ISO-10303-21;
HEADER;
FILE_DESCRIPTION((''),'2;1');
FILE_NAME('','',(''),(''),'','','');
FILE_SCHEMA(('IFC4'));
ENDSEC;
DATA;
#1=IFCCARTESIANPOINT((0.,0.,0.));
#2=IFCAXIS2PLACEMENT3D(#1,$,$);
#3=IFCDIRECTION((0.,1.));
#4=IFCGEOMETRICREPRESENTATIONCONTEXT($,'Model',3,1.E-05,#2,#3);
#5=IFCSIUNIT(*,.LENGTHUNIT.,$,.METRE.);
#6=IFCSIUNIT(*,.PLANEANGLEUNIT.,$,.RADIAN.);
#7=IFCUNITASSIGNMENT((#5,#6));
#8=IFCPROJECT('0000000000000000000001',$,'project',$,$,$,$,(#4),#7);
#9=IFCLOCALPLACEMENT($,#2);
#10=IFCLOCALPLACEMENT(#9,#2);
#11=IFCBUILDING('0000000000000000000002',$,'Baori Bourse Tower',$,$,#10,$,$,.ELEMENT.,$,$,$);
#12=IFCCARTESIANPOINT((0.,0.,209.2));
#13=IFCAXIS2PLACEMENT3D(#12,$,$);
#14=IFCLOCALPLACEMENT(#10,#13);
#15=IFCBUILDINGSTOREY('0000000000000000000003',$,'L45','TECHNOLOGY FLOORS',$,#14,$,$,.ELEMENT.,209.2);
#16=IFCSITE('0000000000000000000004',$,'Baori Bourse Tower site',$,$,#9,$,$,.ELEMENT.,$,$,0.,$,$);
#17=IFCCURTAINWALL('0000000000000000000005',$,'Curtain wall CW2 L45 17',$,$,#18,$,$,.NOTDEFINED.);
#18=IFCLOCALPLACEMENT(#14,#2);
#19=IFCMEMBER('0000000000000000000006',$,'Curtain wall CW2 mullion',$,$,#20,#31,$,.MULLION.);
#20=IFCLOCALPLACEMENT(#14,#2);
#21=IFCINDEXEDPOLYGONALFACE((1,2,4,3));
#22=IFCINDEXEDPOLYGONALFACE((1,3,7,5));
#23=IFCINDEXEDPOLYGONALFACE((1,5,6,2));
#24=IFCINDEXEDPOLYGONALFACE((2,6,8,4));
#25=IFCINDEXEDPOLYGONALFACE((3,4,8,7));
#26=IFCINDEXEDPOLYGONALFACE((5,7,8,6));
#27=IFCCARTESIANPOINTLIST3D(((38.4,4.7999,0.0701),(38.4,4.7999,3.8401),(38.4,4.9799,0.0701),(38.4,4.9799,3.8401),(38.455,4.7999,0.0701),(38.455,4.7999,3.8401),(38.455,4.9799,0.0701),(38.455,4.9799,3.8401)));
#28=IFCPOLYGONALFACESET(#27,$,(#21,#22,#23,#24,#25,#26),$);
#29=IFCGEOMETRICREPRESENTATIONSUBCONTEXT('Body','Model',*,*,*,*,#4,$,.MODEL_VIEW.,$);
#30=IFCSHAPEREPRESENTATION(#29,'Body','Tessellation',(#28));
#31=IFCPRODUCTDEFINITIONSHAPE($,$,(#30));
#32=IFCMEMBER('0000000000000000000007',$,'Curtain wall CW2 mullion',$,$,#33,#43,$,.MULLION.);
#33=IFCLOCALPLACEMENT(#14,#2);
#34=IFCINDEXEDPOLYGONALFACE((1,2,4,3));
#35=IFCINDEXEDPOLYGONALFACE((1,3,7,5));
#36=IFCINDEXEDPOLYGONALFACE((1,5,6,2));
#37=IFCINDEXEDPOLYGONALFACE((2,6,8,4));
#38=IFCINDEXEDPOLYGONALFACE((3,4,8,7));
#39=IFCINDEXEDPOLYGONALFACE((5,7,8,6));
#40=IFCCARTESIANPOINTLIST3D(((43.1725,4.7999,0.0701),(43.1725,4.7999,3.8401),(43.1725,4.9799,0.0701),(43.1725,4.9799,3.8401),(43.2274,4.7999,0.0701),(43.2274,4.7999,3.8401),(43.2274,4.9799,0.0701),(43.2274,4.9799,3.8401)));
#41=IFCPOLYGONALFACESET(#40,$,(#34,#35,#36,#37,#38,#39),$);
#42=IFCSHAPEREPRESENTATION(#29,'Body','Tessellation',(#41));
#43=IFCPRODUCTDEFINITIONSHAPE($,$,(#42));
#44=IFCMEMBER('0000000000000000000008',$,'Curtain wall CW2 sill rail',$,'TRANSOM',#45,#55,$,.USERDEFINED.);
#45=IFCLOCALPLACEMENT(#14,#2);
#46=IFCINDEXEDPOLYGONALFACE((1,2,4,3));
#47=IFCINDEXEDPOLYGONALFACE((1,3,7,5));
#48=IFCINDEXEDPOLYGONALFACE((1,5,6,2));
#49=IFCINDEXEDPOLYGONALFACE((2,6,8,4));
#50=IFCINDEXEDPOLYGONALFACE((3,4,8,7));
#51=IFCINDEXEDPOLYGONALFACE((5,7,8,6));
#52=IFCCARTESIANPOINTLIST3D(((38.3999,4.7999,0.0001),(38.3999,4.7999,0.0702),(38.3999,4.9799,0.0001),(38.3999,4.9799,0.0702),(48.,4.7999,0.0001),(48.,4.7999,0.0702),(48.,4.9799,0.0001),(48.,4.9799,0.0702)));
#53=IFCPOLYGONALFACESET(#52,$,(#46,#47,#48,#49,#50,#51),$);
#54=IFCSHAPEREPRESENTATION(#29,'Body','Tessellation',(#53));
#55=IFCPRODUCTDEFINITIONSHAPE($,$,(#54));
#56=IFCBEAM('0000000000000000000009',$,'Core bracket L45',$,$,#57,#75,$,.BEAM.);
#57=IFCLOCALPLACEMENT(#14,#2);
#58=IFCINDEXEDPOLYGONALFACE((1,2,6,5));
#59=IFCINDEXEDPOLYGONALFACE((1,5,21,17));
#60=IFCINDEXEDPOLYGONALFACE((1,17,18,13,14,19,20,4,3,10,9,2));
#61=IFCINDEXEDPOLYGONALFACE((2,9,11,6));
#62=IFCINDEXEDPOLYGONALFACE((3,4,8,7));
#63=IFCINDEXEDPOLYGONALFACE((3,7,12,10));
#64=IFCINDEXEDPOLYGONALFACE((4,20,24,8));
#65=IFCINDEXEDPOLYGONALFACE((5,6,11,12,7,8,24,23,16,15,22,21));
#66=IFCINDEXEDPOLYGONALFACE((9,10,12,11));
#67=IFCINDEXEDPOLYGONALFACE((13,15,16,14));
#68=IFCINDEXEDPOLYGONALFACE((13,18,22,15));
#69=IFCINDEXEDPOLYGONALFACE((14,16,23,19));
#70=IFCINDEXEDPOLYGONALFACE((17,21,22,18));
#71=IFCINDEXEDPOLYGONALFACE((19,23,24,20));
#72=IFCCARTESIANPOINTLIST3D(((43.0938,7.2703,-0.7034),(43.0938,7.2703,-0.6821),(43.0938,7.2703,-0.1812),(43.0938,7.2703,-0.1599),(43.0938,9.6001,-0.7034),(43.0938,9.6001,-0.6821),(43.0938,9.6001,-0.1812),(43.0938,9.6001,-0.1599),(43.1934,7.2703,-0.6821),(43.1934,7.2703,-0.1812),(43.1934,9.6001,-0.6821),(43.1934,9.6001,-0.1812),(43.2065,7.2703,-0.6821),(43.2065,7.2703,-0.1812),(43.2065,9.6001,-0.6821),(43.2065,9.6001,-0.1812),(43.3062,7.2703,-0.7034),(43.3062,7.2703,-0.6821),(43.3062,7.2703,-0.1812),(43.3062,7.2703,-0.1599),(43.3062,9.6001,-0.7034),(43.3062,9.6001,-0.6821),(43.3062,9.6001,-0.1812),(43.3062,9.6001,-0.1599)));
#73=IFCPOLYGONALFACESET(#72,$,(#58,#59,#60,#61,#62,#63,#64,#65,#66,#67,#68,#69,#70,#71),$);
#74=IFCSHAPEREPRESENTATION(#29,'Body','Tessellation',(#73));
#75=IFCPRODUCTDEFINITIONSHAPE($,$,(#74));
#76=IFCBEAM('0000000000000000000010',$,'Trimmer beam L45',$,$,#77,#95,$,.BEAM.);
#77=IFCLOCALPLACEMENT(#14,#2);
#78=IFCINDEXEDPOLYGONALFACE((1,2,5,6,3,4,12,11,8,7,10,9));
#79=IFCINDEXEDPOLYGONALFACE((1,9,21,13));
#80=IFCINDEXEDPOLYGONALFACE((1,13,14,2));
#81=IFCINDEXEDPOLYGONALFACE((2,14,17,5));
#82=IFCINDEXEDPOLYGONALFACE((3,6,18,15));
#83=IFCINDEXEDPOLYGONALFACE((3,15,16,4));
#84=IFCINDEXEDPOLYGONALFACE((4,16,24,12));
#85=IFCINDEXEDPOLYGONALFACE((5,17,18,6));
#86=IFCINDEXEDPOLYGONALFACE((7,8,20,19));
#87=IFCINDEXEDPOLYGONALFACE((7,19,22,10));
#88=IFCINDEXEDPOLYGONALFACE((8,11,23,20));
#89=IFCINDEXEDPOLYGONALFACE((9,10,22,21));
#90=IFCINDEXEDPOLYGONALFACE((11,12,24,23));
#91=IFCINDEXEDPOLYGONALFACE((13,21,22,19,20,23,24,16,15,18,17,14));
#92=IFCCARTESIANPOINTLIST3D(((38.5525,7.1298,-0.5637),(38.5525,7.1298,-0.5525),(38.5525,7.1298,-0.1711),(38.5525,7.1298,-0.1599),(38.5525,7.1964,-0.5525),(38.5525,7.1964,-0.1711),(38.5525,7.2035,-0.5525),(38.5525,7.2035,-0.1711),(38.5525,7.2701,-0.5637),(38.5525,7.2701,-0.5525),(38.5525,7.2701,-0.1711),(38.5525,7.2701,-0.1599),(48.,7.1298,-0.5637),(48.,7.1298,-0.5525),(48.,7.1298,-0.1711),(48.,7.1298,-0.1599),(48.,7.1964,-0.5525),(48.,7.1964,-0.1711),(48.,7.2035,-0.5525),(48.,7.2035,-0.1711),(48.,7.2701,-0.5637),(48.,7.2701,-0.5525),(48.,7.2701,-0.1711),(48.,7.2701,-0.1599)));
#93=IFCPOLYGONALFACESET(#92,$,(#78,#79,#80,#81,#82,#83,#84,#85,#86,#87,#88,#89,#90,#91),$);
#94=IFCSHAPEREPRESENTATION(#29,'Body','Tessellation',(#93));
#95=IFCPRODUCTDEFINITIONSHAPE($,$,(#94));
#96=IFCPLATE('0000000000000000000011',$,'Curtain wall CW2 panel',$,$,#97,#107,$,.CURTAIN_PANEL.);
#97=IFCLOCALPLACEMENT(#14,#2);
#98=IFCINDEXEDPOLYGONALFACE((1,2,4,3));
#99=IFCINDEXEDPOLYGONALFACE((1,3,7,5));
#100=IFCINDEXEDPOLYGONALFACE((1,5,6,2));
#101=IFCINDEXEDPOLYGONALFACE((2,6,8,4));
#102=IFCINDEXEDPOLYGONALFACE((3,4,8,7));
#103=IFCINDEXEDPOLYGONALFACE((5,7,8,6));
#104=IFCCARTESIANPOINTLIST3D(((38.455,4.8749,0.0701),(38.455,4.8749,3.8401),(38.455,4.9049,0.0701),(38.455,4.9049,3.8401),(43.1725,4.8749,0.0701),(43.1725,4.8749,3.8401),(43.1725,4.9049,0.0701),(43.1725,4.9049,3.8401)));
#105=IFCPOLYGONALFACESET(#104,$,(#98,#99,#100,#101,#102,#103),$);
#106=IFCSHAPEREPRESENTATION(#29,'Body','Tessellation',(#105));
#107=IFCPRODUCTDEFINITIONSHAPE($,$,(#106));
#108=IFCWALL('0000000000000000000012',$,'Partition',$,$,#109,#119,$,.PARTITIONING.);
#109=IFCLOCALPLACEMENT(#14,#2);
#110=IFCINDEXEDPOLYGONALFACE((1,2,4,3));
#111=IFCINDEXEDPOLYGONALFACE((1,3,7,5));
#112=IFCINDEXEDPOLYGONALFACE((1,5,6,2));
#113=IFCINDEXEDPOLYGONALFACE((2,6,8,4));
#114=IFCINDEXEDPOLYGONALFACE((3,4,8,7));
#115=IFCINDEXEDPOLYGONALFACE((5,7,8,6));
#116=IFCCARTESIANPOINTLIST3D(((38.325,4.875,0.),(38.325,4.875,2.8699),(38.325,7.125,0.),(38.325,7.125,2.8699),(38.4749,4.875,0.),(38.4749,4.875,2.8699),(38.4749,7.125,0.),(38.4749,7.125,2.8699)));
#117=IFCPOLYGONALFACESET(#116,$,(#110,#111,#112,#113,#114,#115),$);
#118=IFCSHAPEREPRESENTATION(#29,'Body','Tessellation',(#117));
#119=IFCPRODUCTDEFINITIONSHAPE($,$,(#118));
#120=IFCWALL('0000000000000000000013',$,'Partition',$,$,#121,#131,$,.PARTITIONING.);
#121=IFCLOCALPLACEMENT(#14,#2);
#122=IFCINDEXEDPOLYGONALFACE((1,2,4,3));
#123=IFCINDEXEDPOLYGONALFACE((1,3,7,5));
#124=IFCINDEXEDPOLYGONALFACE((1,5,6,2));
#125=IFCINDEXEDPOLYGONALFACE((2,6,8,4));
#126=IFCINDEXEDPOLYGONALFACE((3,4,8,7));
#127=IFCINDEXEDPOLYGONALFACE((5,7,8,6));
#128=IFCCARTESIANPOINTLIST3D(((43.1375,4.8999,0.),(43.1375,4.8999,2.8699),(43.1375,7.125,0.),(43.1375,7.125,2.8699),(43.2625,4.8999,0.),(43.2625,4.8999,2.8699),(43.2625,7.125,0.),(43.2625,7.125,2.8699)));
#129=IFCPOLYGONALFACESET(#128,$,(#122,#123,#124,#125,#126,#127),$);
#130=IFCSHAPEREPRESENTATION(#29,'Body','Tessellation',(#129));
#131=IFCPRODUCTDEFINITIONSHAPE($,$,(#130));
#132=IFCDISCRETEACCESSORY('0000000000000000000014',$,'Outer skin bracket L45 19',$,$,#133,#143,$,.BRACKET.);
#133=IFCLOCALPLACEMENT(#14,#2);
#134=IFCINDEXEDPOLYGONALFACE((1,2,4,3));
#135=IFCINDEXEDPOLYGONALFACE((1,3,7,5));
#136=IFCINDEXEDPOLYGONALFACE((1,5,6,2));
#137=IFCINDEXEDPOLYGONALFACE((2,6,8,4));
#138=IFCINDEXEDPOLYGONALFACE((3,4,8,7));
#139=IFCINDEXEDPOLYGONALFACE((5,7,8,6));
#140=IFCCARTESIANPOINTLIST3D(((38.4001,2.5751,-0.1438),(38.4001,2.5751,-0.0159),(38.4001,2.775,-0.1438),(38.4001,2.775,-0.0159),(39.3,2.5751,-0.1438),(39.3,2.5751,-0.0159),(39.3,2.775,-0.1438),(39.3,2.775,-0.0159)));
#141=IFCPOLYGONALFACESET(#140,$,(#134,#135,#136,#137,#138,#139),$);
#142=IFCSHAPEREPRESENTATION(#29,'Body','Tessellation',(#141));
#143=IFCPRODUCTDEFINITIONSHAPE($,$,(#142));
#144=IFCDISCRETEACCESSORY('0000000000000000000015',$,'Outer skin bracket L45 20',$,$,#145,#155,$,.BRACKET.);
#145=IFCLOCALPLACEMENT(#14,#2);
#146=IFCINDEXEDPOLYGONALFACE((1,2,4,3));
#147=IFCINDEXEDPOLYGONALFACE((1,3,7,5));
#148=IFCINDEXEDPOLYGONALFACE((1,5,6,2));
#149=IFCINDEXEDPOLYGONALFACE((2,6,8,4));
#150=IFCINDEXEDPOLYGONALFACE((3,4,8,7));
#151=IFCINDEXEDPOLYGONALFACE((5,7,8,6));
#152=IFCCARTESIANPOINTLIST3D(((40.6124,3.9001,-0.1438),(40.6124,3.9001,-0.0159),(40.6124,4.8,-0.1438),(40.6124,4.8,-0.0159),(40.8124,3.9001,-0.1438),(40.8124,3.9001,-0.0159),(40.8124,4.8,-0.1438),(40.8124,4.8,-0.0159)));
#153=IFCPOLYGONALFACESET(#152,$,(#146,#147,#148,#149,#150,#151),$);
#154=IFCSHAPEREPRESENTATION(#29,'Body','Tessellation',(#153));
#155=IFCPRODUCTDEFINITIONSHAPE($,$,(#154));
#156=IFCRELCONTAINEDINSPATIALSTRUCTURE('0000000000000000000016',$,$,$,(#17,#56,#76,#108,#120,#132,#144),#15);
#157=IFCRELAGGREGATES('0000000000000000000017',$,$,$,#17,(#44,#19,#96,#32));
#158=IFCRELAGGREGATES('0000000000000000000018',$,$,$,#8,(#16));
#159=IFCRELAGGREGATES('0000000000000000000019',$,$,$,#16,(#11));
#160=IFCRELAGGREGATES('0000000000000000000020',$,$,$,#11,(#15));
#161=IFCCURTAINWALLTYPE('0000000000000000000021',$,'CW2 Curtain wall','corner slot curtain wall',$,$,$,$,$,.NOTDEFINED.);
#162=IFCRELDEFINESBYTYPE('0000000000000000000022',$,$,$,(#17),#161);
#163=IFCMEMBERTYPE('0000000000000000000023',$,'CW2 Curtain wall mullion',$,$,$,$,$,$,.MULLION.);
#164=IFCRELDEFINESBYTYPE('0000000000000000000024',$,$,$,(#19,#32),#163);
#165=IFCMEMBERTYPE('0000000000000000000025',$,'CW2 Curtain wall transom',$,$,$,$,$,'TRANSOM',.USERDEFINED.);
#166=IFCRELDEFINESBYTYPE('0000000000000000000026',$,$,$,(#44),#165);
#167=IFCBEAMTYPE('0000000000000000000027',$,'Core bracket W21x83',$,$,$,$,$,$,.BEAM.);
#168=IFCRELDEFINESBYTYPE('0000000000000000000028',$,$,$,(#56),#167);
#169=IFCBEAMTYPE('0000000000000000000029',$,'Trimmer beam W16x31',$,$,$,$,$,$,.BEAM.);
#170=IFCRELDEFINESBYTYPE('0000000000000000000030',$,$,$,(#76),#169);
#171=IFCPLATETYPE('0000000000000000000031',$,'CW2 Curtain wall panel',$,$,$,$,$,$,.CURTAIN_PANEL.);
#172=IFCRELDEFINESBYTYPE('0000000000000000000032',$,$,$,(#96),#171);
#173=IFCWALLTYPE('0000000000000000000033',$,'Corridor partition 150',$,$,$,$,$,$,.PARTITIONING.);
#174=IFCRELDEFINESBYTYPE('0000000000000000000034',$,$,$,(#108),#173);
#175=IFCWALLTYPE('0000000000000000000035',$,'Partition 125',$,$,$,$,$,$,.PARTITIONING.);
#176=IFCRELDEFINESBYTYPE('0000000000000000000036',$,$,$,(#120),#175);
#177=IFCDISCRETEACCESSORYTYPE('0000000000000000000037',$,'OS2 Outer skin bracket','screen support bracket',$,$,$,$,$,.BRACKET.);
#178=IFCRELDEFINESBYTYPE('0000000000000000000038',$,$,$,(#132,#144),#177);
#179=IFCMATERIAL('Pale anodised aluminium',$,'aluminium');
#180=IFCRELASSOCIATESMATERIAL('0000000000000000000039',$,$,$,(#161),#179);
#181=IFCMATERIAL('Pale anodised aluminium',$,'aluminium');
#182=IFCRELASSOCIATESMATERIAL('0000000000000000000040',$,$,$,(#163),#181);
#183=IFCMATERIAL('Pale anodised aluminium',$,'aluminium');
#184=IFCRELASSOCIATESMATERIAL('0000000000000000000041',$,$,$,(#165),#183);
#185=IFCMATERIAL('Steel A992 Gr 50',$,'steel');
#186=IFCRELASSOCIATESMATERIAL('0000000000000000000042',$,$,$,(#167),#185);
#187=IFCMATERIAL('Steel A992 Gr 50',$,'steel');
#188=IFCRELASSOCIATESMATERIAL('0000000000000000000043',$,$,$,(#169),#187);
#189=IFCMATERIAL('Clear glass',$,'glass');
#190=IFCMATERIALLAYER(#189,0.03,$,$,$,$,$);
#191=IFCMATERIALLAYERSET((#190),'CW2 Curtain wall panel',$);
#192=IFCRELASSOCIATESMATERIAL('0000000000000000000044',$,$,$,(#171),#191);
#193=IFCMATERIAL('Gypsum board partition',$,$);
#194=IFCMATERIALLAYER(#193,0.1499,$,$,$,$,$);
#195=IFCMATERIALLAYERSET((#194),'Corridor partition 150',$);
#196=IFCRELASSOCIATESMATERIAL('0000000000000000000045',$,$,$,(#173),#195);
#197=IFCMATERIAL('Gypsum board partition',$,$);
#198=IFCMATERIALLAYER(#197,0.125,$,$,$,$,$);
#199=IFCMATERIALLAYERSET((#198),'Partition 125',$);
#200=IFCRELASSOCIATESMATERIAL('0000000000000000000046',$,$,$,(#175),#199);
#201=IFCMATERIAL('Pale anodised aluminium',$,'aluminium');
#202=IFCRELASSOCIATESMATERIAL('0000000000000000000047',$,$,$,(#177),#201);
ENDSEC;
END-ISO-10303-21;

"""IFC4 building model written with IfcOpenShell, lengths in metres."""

from ifc_helpers import new_model, si_unit, direction, frame, frame_2d, origin, origin_2d, place, context, subcontext, project, spatial, rectangle, i_section, extrude, material, layer, layer_set, material_profile, profile_set, type_object, element, aggregate, save


model = new_model("IFC4")

# Units and contexts
model_context = context("Model", 3, precision=1e-05, world=origin(), true_north=direction((0.0, 1.0)))
body_context = subcontext(model_context, "Body", "Model", "MODEL_VIEW")
ifc_project = project(units=[si_unit("LENGTHUNIT", "METRE"), si_unit("PLANEANGLEUNIT", "RADIAN")], contexts=[model_context])

# Site, building, storey
site_placement = place(None, origin())
site = spatial("IfcSite", under=ifc_project, at=site_placement, Name="Baori Bourse Tower site", CompositionType="ELEMENT", RefElevation=0.0)
building_placement = place(site_placement, origin())
building = spatial("IfcBuilding", under=site, at=building_placement, Name="Baori Bourse Tower", CompositionType="ELEMENT")
storey_placement = place(building_placement, frame((0.0, 0.0, 209.2)))
storey = spatial("IfcBuildingStorey", under=building, at=storey_placement, Name="L45", Description="TECHNOLOGY FLOORS", CompositionType="ELEMENT", Elevation=209.2)

# Curtain wall, members
ifc_material_1 = material(Name="Pale anodised aluminium", Category="aluminium")
curtain_wall_type = type_object("IfcCurtainWallType", Name="CW2 Curtain wall", Description="corner slot curtain wall", PredefinedType="NOTDEFINED", material=ifc_material_1)
curtain_wall_placement = place(storey_placement, origin())
curtain_wall = element("IfcCurtainWall", 1, at=curtain_wall_placement, inside=storey, type_object=curtain_wall_type, Name="Curtain wall CW2 L45 17", PredefinedType="NOTDEFINED")
ifc_material_2 = material(Name="Pale anodised aluminium", Category="aluminium")
ifc_material_profile_1 = material_profile(ifc_material_2, rectangle(XDim=0.1799, YDim=0.0549, at=origin_2d()), Name="Mullion 55x180")
ifc_profile_set_1 = profile_set([ifc_material_profile_1], Name="Pale anodised aluminium")
member_type_1 = type_object("IfcMemberType", Name="CW2 Curtain wall mullion", PredefinedType="MULLION", material=ifc_profile_set_1)
member_1_placement = place(storey_placement, frame((38.4275, 4.8899, 0.0701), z_axis=(0.0, 0.0, 1.0), x_axis=(0.0, 1.0, 0.0)))
member_1 = element("IfcMember", 2, at=member_1_placement, type_object=member_type_1, Name="Curtain wall CW2 mullion", PredefinedType="MULLION", context=body_context, shape_type="SweptSolid", body=[
    extrude(rectangle(XDim=0.1799, YDim=0.0549, at=origin_2d()), origin(), (0.0, 0.0, 1.0), 3.77),
])
member_2_placement = place(storey_placement, frame((43.2, 4.8899, 0.0701), z_axis=(0.0, 0.0, 1.0), x_axis=(0.0, 1.0, 0.0)))
member_2 = element("IfcMember", 3, at=member_2_placement, type_object=member_type_1, Name="Curtain wall CW2 mullion", PredefinedType="MULLION", context=body_context, shape_type="SweptSolid", body=[
    extrude(rectangle(XDim=0.1799, YDim=0.0549, at=origin_2d()), origin(), (0.0, 0.0, 1.0), 3.77),
])
ifc_material_3 = material(Name="Pale anodised aluminium", Category="aluminium")
ifc_material_profile_2 = material_profile(ifc_material_3, rectangle(XDim=0.1799, YDim=0.0701, at=origin_2d()), Name="Transom 70x180")
ifc_profile_set_2 = profile_set([ifc_material_profile_2], Name="Pale anodised aluminium")
member_type_2 = type_object("IfcMemberType", Name="CW2 Curtain wall transom", ElementType="TRANSOM", PredefinedType="USERDEFINED", material=ifc_profile_set_2)
member_3_placement = place(storey_placement, frame((38.3999, 4.8899, 0.0352), z_axis=(1.0, 0.0, 0.0), x_axis=(0.0, 1.0, 0.0)))
member_3 = element("IfcMember", 4, at=member_3_placement, type_object=member_type_2, Name="Curtain wall CW2 sill rail", ObjectType="TRANSOM", PredefinedType="USERDEFINED", context=body_context, shape_type="SweptSolid", body=[
    extrude(rectangle(XDim=0.1799, YDim=0.0701, at=origin_2d()), origin(), (0.0, 0.0, 1.0), 9.6001),
])

# Beams
ifc_material_4 = material(Name="Steel A992 Gr 50", Category="steel")
ifc_material_profile_3 = material_profile(ifc_material_4, i_section(OverallWidth=0.2124, OverallDepth=0.5435, WebThickness=0.0132, FlangeThickness=0.0212, at=origin_2d()), Name="W21x83")
ifc_profile_set_3 = profile_set([ifc_material_profile_3], Name="Steel A992 Gr 50")
beam_type_1 = type_object("IfcBeamType", Name="Core bracket W21x83", PredefinedType="BEAM", material=ifc_profile_set_3)
beam_1_placement = place(storey_placement, frame((43.2, 7.2703, -0.4316), z_axis=(0.0, 1.0, 0.0), x_axis=(-1.0, 0.0, 0.0)))
element("IfcBeam", 5, at=beam_1_placement, inside=storey, type_object=beam_type_1, Name="Core bracket L45", PredefinedType="BEAM", context=body_context, shape_type="SweptSolid", body=[
    extrude(i_section(OverallWidth=0.2124, OverallDepth=0.5435, WebThickness=0.0132, FlangeThickness=0.0212, at=origin_2d()), origin(), (0.0, 0.0, 1.0), 2.3298),
])
ifc_material_5 = material(Name="Steel A992 Gr 50", Category="steel")
ifc_material_profile_4 = material_profile(ifc_material_5, i_section(OverallWidth=0.1404, OverallDepth=0.4038, WebThickness=0.0071, FlangeThickness=0.0112, at=origin_2d()), Name="W16x31")
ifc_profile_set_4 = profile_set([ifc_material_profile_4], Name="Steel A992 Gr 50")
beam_type_2 = type_object("IfcBeamType", Name="Trimmer beam W16x31", PredefinedType="BEAM", material=ifc_profile_set_4)
beam_2_placement = place(storey_placement, frame((38.5525, 7.2, -0.3618), z_axis=(1.0, 0.0, 0.0), x_axis=(0.0, 1.0, 0.0)))
element("IfcBeam", 6, at=beam_2_placement, inside=storey, type_object=beam_type_2, Name="Trimmer beam L45", PredefinedType="BEAM", context=body_context, shape_type="SweptSolid", body=[
    extrude(i_section(OverallWidth=0.1404, OverallDepth=0.4038, WebThickness=0.0071, FlangeThickness=0.0112, at=origin_2d()), origin(), (0.0, 0.0, 1.0), 9.4475),
])

# Plate
ifc_material_6 = material(Name="Clear glass", Category="glass")
ifc_layer_1 = layer(ifc_material_6, 0.03)
ifc_layer_set_1 = layer_set([ifc_layer_1], Name="CW2 Curtain wall panel")
plate_type = type_object("IfcPlateType", Name="CW2 Curtain wall panel", PredefinedType="CURTAIN_PANEL", material=ifc_layer_set_1)
plate_placement = place(storey_placement, frame((40.8137, 4.8899, 0.0701), z_axis=(0.0, 0.0, 1.0), x_axis=(1.0, 0.0, 0.0)))
plate = element("IfcPlate", 7, at=plate_placement, type_object=plate_type, Name="Curtain wall CW2 panel", PredefinedType="CURTAIN_PANEL", context=body_context, shape_type="SweptSolid", body=[
    extrude(rectangle(XDim=4.7175, YDim=0.03, at=origin_2d()), origin(), (0.0, 0.0, 1.0), 3.77),
])
aggregate(curtain_wall, [member_3, member_1, plate, member_2])

# Walls
ifc_material_7 = material(Name="Gypsum board partition")
ifc_layer_2 = layer(ifc_material_7, 0.1499)
ifc_layer_set_2 = layer_set([ifc_layer_2], Name="Corridor partition 150")
wall_type_1 = type_object("IfcWallType", Name="Corridor partition 150", PredefinedType="PARTITIONING", material=ifc_layer_set_2)
wall_1_placement = place(storey_placement, frame((38.3999, 4.875, 0.0), z_axis=(0.0, 0.0, 1.0), x_axis=(0.0, 1.0, 0.0)))
element("IfcWall", 8, at=wall_1_placement, inside=storey, type_object=wall_type_1, Name="Partition", PredefinedType="PARTITIONING", context=body_context, shape_type="SweptSolid", body=[
    extrude(rectangle(XDim=2.25, YDim=0.1499, at=frame_2d((1.125, 0.0))), origin(), (0.0, 0.0, 1.0), 2.8699),
])
ifc_material_8 = material(Name="Gypsum board partition")
ifc_layer_3 = layer(ifc_material_8, 0.125)
ifc_layer_set_3 = layer_set([ifc_layer_3], Name="Partition 125")
wall_type_2 = type_object("IfcWallType", Name="Partition 125", PredefinedType="PARTITIONING", material=ifc_layer_set_3)
wall_2_placement = place(storey_placement, frame((43.2, 4.8999, 0.0), z_axis=(0.0, 0.0, 1.0), x_axis=(0.0, 1.0, 0.0)))
element("IfcWall", 9, at=wall_2_placement, inside=storey, type_object=wall_type_2, Name="Partition", PredefinedType="PARTITIONING", context=body_context, shape_type="SweptSolid", body=[
    extrude(rectangle(XDim=2.2251, YDim=0.125, at=frame_2d((1.1125, 0.0))), origin(), (0.0, 0.0, 1.0), 2.8699),
])

# Discrete accessories
ifc_material_9 = material(Name="Pale anodised aluminium", Category="aluminium")
discrete_accessory_type = type_object("IfcDiscreteAccessoryType", Name="OS2 Outer skin bracket", Description="screen support bracket", PredefinedType="BRACKET", material=ifc_material_9)
for number, where, z_axis, x_axis, name in (
    (10, (38.8501, 2.675, -0.1438), (0.0, 0.0, 1.0), (0.0, 1.0, 0.0), "Outer skin bracket L45 19"),
    (11, (40.7124, 4.3501, -0.1438), (0.0, 0.0, 1.0), (1.0, 0.0, 0.0), "Outer skin bracket L45 20"),
):
    element("IfcDiscreteAccessory", number, at=place(storey_placement, frame(where, z_axis=z_axis, x_axis=x_axis)), inside=storey, type_object=discrete_accessory_type, Name=name, PredefinedType="BRACKET", context=body_context, shape_type="SweptSolid", body=[
        extrude(rectangle(XDim=0.2, YDim=0.8999, at=origin_2d()), origin(), (0.0, 0.0, 1.0), 0.1279),
    ])

save(model, "model.ifc")
